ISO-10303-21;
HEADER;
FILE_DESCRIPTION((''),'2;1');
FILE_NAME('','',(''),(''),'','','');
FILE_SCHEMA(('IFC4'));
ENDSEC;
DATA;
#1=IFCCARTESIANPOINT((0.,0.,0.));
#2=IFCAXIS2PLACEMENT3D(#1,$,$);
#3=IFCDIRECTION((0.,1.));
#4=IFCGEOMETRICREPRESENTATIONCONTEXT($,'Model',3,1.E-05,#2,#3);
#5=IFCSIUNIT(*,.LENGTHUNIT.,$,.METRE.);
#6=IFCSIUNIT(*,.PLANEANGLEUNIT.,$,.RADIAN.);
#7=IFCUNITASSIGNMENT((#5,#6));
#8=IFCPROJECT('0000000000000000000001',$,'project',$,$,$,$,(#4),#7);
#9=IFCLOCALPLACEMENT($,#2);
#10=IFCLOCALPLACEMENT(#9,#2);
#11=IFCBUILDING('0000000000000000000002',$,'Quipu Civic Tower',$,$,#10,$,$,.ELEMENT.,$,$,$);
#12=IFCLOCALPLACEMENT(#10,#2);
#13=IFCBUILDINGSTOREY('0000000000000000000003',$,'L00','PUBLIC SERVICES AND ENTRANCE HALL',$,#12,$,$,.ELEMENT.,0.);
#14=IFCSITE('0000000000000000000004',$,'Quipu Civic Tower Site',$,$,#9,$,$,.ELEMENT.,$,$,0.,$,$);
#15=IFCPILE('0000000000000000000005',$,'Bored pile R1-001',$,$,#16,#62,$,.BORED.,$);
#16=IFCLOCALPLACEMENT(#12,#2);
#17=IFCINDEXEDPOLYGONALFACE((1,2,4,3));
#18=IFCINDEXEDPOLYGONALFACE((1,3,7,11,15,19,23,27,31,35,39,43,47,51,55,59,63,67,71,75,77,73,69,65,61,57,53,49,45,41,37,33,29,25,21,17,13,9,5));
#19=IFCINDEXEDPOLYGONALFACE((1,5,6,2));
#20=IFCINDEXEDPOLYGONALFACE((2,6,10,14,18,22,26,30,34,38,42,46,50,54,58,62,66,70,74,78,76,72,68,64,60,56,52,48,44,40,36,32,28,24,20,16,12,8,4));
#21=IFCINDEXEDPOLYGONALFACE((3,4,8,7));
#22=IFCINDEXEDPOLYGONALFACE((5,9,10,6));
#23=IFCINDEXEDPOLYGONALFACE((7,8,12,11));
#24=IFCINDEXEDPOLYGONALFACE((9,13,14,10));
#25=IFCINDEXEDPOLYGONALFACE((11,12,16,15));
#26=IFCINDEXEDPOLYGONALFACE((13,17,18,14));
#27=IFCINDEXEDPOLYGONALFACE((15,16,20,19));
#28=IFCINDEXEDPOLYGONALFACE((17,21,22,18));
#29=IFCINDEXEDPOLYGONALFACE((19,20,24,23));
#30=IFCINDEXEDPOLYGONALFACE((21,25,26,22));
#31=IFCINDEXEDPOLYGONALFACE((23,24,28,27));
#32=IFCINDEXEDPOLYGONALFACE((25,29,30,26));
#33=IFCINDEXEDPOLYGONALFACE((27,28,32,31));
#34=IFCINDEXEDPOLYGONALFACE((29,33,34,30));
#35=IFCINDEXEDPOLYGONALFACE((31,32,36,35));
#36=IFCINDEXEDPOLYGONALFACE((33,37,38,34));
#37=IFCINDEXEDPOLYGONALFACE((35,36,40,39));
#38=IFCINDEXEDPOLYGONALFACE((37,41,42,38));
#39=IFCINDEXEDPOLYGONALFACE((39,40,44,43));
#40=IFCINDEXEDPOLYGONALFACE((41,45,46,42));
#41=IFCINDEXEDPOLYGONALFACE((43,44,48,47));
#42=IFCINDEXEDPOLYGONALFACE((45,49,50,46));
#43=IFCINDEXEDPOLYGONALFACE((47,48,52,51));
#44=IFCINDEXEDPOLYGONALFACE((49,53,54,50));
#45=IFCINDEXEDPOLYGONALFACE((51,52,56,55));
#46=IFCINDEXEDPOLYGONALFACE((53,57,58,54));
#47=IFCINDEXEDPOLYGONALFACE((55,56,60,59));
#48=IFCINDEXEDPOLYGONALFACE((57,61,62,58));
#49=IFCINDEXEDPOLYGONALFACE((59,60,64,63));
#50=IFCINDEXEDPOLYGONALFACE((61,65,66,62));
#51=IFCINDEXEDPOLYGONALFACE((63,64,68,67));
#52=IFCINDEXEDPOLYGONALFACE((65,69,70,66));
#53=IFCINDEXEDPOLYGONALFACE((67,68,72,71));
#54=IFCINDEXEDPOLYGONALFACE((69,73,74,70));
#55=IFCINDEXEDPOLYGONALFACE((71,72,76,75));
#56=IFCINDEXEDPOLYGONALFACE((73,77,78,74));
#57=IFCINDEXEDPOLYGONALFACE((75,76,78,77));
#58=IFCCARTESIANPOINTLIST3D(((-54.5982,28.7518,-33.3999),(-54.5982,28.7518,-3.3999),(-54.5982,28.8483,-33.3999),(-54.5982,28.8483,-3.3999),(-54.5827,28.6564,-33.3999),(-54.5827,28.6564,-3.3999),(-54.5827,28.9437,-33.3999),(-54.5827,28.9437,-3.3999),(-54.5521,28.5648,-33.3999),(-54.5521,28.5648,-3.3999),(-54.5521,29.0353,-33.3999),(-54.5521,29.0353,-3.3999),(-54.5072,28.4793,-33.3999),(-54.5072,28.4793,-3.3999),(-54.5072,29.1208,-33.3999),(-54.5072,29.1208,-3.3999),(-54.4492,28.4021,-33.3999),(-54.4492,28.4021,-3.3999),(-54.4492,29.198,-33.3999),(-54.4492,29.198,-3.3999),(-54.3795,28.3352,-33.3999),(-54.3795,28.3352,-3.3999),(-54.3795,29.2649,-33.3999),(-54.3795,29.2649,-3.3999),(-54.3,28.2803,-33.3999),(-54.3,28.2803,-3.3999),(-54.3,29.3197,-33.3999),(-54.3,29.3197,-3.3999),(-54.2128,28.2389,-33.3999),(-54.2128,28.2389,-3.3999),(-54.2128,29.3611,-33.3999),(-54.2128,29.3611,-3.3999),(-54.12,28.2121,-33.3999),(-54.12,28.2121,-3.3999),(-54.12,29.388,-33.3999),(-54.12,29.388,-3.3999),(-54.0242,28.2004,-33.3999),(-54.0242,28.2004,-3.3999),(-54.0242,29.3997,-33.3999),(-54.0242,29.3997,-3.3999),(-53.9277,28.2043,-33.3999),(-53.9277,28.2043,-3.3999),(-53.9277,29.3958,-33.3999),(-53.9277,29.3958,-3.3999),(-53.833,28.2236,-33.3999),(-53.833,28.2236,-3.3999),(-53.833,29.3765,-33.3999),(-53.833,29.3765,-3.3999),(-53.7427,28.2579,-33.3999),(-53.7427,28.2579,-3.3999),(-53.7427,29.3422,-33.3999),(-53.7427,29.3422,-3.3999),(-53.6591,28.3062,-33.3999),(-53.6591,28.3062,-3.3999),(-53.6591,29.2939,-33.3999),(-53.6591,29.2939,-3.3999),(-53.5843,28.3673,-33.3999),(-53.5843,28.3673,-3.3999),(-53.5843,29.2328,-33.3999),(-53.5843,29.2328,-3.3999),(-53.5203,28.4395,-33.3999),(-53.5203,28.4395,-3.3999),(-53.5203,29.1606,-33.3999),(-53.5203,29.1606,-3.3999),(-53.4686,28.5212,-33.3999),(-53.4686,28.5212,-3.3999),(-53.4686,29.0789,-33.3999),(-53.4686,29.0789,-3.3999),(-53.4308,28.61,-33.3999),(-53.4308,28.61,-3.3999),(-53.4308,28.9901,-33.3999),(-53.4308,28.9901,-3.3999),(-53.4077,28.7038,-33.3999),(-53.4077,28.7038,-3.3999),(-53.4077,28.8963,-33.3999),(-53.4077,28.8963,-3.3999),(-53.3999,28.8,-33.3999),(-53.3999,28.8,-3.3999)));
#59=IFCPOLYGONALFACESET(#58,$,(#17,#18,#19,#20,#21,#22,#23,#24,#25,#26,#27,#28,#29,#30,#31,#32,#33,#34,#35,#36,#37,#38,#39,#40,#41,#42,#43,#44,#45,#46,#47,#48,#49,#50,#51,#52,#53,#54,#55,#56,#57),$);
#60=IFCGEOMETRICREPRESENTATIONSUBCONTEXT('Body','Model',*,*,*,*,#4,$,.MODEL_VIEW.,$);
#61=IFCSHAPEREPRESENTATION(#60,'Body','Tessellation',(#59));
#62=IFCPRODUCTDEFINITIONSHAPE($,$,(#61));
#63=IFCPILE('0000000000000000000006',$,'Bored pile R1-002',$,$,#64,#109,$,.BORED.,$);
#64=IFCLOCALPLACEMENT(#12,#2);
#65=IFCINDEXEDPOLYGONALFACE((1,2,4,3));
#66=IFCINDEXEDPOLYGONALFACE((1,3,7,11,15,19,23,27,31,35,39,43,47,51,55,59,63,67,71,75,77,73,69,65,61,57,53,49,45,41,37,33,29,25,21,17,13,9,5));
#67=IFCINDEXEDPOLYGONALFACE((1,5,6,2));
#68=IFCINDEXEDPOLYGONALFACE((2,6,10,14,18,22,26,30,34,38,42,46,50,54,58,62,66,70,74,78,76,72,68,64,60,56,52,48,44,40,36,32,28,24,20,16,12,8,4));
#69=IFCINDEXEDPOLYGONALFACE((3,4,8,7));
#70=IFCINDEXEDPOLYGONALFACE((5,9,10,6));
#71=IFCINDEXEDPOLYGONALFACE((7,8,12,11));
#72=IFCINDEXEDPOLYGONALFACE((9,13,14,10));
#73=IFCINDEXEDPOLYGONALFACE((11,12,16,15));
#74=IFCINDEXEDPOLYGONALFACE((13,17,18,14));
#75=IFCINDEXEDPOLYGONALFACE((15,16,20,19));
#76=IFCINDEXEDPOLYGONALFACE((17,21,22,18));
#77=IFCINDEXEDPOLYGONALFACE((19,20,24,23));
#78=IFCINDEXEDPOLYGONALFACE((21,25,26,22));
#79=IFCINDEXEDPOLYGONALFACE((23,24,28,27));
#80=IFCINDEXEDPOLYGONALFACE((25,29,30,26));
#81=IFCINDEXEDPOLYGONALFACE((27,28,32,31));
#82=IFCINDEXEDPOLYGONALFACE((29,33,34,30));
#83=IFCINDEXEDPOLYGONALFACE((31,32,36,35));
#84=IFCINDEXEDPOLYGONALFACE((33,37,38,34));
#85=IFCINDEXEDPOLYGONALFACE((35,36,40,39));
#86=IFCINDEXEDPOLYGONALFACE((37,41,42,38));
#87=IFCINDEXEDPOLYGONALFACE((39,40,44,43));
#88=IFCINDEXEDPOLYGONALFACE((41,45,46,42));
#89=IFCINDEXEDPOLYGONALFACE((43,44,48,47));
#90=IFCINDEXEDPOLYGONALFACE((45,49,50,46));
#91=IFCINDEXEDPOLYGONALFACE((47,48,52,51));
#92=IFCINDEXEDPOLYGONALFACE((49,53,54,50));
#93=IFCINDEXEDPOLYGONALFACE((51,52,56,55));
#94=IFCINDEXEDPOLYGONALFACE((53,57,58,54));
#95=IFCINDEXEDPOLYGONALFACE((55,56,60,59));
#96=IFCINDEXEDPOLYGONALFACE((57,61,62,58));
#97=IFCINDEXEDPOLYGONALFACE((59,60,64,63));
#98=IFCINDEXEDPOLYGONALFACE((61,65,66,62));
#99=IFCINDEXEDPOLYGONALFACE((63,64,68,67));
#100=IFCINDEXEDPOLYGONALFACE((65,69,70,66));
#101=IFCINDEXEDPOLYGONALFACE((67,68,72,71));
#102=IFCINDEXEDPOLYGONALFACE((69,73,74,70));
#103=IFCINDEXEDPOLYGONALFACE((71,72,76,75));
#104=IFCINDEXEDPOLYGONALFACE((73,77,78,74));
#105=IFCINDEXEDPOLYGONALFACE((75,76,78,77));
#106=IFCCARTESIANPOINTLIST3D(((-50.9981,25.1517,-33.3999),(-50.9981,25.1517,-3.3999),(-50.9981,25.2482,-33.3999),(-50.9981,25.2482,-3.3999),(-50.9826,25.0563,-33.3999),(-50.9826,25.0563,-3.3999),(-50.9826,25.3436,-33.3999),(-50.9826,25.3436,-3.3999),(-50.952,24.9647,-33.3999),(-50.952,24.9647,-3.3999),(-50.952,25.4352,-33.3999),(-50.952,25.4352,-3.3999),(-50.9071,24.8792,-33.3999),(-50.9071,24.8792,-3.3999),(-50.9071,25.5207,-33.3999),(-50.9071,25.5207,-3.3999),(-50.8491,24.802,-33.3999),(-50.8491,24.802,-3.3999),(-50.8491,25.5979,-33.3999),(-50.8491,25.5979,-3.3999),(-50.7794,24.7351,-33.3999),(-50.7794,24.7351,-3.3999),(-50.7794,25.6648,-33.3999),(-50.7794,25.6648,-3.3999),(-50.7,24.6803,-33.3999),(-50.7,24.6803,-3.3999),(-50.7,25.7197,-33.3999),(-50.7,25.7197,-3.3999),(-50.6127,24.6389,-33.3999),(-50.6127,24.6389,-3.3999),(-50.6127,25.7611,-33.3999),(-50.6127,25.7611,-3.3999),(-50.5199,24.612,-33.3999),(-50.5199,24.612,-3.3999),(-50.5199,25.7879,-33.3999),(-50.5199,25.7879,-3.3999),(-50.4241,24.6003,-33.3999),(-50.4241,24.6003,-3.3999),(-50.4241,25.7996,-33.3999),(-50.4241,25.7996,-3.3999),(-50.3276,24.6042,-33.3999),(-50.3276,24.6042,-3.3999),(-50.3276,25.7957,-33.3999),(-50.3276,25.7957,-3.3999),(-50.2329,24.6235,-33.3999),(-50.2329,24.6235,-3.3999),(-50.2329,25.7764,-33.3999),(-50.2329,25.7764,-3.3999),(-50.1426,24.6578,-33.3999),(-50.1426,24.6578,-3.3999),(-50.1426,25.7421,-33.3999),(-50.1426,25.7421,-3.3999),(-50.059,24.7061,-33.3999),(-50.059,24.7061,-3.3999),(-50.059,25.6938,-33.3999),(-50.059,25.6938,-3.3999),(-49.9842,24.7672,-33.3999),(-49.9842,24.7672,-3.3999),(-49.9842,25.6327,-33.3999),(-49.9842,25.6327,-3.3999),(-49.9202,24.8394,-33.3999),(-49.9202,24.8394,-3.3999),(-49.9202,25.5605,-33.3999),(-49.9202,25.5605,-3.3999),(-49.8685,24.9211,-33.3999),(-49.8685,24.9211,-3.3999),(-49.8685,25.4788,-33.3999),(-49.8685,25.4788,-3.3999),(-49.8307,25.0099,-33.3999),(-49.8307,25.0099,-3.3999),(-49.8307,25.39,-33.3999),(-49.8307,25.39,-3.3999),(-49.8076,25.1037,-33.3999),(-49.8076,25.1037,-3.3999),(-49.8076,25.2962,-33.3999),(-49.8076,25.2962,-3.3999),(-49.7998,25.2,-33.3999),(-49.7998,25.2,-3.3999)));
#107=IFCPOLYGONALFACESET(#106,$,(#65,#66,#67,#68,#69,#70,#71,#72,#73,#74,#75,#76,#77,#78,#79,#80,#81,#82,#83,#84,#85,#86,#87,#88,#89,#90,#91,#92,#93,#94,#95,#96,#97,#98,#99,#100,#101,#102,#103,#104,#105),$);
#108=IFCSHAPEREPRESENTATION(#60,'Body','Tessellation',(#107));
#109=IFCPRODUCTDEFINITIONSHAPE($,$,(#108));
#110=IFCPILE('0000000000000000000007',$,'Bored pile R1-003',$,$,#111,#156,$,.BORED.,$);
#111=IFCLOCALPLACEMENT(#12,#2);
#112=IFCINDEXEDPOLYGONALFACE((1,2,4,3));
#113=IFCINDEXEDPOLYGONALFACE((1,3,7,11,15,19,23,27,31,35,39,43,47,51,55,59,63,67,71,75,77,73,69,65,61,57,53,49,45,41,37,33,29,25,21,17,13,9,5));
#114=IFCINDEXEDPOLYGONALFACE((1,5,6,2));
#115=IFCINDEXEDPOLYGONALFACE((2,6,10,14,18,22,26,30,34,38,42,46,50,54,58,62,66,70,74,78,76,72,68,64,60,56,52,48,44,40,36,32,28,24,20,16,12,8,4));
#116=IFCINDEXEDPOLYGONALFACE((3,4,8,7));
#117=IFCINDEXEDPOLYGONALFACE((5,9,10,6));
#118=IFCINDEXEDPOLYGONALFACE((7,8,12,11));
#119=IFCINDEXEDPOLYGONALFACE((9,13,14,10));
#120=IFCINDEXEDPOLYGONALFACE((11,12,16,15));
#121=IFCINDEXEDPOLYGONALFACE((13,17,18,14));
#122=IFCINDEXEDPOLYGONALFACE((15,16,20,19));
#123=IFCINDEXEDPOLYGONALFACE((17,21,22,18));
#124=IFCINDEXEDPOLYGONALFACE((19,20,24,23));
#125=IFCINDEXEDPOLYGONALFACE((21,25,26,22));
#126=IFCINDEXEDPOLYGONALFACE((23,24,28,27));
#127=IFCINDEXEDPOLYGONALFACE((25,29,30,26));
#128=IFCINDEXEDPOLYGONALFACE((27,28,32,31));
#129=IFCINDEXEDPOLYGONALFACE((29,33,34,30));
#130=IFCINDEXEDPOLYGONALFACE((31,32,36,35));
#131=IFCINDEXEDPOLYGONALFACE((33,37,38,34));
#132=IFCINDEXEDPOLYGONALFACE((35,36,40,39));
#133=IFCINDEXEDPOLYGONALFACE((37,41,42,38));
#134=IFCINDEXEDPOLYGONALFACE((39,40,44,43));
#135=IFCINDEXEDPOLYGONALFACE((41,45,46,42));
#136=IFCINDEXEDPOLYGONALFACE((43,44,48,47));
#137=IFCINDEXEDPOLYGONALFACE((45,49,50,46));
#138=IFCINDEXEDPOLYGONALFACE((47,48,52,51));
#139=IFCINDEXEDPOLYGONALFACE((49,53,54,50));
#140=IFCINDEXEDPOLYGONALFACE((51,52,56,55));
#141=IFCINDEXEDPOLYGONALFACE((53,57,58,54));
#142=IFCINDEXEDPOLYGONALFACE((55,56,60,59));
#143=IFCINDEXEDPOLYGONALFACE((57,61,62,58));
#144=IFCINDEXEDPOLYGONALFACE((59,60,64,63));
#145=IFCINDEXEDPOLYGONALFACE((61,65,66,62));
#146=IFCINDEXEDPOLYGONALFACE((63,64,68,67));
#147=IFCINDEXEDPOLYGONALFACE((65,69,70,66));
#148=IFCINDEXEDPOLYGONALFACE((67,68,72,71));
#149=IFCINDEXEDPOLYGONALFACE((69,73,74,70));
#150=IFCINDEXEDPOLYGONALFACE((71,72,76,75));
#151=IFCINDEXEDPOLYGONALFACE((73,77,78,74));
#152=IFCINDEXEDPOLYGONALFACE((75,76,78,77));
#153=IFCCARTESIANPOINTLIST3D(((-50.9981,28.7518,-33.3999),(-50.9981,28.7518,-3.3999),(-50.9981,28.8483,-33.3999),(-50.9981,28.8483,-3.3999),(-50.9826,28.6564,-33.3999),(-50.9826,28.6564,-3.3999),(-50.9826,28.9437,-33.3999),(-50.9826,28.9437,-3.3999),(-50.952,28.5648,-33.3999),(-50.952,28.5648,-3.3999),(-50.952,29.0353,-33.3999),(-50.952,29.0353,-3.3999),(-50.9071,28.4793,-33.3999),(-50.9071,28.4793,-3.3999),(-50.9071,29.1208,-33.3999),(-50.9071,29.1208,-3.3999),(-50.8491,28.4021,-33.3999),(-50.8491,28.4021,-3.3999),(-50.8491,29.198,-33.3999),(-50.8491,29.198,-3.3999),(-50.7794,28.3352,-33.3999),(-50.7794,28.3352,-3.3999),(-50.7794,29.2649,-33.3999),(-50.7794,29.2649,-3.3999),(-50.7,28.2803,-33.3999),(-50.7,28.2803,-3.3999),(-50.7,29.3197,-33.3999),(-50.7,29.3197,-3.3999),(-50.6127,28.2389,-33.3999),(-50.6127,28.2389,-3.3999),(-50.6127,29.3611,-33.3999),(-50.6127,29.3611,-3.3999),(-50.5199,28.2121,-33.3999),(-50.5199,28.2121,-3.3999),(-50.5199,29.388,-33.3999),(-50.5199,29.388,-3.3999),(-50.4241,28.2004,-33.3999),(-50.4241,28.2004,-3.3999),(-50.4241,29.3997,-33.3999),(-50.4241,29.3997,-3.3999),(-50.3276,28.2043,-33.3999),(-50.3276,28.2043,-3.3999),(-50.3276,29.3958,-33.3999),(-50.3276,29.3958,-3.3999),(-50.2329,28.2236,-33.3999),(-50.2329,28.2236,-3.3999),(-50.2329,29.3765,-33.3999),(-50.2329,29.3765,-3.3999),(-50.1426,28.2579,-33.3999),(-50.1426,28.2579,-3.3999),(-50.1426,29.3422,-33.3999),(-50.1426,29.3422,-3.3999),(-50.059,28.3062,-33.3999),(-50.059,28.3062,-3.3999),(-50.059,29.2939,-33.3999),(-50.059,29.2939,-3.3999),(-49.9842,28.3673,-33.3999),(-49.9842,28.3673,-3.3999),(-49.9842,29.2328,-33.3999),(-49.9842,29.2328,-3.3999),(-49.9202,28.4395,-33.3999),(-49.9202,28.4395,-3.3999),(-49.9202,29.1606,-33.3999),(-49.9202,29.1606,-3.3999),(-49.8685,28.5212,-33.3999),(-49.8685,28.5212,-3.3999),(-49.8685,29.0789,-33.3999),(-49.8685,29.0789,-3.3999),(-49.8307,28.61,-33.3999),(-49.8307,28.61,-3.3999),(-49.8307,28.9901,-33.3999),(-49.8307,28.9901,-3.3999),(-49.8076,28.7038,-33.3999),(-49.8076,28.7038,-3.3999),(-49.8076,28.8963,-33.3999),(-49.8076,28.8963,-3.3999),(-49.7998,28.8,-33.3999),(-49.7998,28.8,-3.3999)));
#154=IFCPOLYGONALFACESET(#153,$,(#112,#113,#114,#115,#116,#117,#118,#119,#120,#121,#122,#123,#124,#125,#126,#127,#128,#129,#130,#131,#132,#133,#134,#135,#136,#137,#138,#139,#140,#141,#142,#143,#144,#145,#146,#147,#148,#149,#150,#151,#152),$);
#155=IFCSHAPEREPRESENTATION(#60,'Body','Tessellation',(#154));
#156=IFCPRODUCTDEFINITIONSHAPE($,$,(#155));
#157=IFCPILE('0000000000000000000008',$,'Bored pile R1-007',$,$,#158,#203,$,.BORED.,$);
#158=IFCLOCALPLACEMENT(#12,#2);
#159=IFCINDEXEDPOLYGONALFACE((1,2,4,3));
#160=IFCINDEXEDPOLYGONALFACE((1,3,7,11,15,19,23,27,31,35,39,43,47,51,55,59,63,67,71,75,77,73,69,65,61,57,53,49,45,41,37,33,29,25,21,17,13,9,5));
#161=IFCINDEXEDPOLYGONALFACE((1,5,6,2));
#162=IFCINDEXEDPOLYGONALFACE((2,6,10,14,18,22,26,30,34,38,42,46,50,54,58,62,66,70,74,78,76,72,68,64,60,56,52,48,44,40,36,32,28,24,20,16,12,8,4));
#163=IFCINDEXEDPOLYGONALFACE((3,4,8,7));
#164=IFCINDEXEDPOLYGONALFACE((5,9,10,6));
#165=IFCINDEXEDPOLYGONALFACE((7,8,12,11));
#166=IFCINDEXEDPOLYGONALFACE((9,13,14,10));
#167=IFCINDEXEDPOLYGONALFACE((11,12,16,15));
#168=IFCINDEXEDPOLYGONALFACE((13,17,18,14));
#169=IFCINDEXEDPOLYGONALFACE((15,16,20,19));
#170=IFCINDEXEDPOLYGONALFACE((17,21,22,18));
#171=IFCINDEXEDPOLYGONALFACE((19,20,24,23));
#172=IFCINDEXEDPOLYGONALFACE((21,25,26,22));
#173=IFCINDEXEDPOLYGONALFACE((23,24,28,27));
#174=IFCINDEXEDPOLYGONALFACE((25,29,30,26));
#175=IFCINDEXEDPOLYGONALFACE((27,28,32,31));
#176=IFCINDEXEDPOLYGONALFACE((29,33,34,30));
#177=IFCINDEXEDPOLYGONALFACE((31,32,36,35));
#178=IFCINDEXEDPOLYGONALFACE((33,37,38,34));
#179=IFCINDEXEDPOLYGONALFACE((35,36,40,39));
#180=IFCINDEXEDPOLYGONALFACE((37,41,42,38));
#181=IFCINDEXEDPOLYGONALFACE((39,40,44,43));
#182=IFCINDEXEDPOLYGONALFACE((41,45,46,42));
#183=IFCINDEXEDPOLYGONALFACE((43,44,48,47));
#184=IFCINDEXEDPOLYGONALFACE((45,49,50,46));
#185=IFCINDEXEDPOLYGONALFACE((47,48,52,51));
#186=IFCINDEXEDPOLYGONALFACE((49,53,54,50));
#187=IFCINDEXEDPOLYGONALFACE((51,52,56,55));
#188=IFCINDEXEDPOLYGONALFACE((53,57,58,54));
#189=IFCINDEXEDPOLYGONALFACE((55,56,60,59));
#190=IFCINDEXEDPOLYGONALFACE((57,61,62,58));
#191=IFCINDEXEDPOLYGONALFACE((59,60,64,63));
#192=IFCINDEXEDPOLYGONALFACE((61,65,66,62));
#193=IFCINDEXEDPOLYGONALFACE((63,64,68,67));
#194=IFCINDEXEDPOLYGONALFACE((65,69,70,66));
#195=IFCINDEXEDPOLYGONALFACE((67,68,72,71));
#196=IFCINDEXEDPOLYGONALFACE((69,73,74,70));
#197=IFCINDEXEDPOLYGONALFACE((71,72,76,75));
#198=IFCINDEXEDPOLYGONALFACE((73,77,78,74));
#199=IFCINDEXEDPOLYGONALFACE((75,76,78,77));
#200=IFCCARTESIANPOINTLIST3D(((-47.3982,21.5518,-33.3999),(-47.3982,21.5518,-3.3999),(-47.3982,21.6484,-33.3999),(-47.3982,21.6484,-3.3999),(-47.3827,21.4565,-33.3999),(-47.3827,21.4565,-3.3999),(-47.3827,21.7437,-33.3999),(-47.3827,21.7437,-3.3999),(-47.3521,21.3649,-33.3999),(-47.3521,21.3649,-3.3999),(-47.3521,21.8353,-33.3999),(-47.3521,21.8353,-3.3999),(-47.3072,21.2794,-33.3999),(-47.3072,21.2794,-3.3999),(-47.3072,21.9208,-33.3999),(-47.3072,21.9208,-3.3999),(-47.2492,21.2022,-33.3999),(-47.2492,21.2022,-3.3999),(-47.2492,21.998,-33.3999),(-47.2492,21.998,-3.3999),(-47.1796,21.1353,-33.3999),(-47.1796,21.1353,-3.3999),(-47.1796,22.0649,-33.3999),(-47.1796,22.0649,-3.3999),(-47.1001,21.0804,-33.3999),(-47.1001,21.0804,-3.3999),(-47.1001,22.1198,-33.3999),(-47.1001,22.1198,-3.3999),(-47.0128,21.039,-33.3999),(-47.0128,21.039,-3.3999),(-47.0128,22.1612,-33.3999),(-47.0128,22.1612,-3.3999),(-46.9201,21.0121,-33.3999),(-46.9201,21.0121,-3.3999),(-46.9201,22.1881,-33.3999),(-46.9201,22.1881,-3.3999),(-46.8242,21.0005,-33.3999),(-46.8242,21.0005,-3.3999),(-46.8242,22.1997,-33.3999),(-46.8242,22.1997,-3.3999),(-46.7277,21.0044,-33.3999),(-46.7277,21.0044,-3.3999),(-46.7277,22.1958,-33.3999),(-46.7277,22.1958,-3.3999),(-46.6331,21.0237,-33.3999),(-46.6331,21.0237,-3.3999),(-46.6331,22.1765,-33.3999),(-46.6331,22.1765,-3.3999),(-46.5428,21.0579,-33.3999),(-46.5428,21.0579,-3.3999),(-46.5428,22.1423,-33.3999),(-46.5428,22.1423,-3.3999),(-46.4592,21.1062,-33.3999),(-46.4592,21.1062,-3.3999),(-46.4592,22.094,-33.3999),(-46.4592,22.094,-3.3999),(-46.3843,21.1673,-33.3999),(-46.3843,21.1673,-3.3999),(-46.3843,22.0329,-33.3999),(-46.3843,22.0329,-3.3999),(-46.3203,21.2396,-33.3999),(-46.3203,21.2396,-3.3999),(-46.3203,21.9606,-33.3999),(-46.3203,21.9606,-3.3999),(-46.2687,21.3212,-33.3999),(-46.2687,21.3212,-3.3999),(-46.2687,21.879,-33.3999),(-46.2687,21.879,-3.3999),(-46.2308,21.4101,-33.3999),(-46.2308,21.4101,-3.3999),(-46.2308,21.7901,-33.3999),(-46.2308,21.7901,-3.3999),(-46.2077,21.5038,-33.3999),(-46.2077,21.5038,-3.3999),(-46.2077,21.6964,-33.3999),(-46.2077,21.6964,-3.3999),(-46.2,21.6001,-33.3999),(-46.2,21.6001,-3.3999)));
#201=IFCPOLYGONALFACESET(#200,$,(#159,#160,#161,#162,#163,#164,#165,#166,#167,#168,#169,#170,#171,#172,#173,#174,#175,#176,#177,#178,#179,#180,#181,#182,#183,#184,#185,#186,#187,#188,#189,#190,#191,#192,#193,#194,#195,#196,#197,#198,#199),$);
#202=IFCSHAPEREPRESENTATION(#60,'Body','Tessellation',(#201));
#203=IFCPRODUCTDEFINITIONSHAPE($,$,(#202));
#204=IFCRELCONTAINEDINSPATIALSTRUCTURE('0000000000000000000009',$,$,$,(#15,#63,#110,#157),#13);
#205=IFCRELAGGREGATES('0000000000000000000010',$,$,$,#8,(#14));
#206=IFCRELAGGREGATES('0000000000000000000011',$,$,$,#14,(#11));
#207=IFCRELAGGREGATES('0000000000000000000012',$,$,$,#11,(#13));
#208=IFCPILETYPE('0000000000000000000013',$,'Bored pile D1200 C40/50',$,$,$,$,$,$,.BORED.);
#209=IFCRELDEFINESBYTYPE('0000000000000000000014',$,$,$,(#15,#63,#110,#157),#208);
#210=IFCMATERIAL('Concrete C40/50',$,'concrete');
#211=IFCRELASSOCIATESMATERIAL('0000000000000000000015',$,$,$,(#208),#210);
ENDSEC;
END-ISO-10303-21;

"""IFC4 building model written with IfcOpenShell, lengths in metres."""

from ifc_helpers import new_model, si_unit, direction, frame, origin, origin_2d, place, context, subcontext, project, spatial, circle, extrude, material, material_profile, profile_set, type_object, element, save


model = new_model("IFC4")

# Units and contexts
model_context = context("Model", 3, precision=1e-05, world=origin(), true_north=direction((0.0, 1.0)))
body_context = subcontext(model_context, "Body", "Model", "MODEL_VIEW")
ifc_project = project(units=[si_unit("LENGTHUNIT", "METRE"), si_unit("PLANEANGLEUNIT", "RADIAN")], contexts=[model_context])

# Site, building, storey
site_placement = place(None, origin())
site = spatial("IfcSite", under=ifc_project, at=site_placement, Name="Quipu Civic Tower Site", CompositionType="ELEMENT", RefElevation=0.0)
building_placement = place(site_placement, origin())
building = spatial("IfcBuilding", under=site, at=building_placement, Name="Quipu Civic Tower", CompositionType="ELEMENT")
storey_placement = place(building_placement, origin())
storey = spatial("IfcBuildingStorey", under=building, at=storey_placement, Name="L00", Description="PUBLIC SERVICES AND ENTRANCE HALL", CompositionType="ELEMENT", Elevation=0.0)

# Piles
ifc_material_1 = material(Name="Concrete C40/50", Category="concrete")
ifc_material_profile_1 = material_profile(ifc_material_1, circle(Radius=0.6001, at=origin_2d()), Name="RCD1200")
ifc_profile_set_1 = profile_set([ifc_material_profile_1], Name="Concrete C40/50")
pile_type = type_object("IfcPileType", Name="Bored pile D1200 C40/50", PredefinedType="BORED", material=ifc_profile_set_1)
for number, where, z_axis, x_axis, name in (
    (1, (-54.0, 28.8, -3.3999), (0.0, 0.0, -1.0), (1.0, 0.0, 0.0), "Bored pile R1-001"),
    (2, (-50.3999, 25.2, -3.3999), (0.0, 0.0, -1.0), (1.0, 0.0, 0.0), "Bored pile R1-002"),
    (3, (-50.3999, 28.8, -3.3999), (0.0, 0.0, -1.0), (1.0, 0.0, 0.0), "Bored pile R1-003"),
    (4, (-46.8, 21.6001, -3.3999), (0.0, 0.0, -1.0), (1.0, 0.0, 0.0), "Bored pile R1-007"),
):
    element("IfcPile", number, at=place(storey_placement, frame(where, z_axis=z_axis, x_axis=x_axis)), inside=storey, type_object=pile_type, Name=name, PredefinedType="BORED", context=body_context, shape_type="SweptSolid", body=[
        extrude(circle(Radius=0.6001, at=origin_2d()), origin(), (0.0, 0.0, 1.0), 30.0),
    ])

save(model, "model.ifc")
